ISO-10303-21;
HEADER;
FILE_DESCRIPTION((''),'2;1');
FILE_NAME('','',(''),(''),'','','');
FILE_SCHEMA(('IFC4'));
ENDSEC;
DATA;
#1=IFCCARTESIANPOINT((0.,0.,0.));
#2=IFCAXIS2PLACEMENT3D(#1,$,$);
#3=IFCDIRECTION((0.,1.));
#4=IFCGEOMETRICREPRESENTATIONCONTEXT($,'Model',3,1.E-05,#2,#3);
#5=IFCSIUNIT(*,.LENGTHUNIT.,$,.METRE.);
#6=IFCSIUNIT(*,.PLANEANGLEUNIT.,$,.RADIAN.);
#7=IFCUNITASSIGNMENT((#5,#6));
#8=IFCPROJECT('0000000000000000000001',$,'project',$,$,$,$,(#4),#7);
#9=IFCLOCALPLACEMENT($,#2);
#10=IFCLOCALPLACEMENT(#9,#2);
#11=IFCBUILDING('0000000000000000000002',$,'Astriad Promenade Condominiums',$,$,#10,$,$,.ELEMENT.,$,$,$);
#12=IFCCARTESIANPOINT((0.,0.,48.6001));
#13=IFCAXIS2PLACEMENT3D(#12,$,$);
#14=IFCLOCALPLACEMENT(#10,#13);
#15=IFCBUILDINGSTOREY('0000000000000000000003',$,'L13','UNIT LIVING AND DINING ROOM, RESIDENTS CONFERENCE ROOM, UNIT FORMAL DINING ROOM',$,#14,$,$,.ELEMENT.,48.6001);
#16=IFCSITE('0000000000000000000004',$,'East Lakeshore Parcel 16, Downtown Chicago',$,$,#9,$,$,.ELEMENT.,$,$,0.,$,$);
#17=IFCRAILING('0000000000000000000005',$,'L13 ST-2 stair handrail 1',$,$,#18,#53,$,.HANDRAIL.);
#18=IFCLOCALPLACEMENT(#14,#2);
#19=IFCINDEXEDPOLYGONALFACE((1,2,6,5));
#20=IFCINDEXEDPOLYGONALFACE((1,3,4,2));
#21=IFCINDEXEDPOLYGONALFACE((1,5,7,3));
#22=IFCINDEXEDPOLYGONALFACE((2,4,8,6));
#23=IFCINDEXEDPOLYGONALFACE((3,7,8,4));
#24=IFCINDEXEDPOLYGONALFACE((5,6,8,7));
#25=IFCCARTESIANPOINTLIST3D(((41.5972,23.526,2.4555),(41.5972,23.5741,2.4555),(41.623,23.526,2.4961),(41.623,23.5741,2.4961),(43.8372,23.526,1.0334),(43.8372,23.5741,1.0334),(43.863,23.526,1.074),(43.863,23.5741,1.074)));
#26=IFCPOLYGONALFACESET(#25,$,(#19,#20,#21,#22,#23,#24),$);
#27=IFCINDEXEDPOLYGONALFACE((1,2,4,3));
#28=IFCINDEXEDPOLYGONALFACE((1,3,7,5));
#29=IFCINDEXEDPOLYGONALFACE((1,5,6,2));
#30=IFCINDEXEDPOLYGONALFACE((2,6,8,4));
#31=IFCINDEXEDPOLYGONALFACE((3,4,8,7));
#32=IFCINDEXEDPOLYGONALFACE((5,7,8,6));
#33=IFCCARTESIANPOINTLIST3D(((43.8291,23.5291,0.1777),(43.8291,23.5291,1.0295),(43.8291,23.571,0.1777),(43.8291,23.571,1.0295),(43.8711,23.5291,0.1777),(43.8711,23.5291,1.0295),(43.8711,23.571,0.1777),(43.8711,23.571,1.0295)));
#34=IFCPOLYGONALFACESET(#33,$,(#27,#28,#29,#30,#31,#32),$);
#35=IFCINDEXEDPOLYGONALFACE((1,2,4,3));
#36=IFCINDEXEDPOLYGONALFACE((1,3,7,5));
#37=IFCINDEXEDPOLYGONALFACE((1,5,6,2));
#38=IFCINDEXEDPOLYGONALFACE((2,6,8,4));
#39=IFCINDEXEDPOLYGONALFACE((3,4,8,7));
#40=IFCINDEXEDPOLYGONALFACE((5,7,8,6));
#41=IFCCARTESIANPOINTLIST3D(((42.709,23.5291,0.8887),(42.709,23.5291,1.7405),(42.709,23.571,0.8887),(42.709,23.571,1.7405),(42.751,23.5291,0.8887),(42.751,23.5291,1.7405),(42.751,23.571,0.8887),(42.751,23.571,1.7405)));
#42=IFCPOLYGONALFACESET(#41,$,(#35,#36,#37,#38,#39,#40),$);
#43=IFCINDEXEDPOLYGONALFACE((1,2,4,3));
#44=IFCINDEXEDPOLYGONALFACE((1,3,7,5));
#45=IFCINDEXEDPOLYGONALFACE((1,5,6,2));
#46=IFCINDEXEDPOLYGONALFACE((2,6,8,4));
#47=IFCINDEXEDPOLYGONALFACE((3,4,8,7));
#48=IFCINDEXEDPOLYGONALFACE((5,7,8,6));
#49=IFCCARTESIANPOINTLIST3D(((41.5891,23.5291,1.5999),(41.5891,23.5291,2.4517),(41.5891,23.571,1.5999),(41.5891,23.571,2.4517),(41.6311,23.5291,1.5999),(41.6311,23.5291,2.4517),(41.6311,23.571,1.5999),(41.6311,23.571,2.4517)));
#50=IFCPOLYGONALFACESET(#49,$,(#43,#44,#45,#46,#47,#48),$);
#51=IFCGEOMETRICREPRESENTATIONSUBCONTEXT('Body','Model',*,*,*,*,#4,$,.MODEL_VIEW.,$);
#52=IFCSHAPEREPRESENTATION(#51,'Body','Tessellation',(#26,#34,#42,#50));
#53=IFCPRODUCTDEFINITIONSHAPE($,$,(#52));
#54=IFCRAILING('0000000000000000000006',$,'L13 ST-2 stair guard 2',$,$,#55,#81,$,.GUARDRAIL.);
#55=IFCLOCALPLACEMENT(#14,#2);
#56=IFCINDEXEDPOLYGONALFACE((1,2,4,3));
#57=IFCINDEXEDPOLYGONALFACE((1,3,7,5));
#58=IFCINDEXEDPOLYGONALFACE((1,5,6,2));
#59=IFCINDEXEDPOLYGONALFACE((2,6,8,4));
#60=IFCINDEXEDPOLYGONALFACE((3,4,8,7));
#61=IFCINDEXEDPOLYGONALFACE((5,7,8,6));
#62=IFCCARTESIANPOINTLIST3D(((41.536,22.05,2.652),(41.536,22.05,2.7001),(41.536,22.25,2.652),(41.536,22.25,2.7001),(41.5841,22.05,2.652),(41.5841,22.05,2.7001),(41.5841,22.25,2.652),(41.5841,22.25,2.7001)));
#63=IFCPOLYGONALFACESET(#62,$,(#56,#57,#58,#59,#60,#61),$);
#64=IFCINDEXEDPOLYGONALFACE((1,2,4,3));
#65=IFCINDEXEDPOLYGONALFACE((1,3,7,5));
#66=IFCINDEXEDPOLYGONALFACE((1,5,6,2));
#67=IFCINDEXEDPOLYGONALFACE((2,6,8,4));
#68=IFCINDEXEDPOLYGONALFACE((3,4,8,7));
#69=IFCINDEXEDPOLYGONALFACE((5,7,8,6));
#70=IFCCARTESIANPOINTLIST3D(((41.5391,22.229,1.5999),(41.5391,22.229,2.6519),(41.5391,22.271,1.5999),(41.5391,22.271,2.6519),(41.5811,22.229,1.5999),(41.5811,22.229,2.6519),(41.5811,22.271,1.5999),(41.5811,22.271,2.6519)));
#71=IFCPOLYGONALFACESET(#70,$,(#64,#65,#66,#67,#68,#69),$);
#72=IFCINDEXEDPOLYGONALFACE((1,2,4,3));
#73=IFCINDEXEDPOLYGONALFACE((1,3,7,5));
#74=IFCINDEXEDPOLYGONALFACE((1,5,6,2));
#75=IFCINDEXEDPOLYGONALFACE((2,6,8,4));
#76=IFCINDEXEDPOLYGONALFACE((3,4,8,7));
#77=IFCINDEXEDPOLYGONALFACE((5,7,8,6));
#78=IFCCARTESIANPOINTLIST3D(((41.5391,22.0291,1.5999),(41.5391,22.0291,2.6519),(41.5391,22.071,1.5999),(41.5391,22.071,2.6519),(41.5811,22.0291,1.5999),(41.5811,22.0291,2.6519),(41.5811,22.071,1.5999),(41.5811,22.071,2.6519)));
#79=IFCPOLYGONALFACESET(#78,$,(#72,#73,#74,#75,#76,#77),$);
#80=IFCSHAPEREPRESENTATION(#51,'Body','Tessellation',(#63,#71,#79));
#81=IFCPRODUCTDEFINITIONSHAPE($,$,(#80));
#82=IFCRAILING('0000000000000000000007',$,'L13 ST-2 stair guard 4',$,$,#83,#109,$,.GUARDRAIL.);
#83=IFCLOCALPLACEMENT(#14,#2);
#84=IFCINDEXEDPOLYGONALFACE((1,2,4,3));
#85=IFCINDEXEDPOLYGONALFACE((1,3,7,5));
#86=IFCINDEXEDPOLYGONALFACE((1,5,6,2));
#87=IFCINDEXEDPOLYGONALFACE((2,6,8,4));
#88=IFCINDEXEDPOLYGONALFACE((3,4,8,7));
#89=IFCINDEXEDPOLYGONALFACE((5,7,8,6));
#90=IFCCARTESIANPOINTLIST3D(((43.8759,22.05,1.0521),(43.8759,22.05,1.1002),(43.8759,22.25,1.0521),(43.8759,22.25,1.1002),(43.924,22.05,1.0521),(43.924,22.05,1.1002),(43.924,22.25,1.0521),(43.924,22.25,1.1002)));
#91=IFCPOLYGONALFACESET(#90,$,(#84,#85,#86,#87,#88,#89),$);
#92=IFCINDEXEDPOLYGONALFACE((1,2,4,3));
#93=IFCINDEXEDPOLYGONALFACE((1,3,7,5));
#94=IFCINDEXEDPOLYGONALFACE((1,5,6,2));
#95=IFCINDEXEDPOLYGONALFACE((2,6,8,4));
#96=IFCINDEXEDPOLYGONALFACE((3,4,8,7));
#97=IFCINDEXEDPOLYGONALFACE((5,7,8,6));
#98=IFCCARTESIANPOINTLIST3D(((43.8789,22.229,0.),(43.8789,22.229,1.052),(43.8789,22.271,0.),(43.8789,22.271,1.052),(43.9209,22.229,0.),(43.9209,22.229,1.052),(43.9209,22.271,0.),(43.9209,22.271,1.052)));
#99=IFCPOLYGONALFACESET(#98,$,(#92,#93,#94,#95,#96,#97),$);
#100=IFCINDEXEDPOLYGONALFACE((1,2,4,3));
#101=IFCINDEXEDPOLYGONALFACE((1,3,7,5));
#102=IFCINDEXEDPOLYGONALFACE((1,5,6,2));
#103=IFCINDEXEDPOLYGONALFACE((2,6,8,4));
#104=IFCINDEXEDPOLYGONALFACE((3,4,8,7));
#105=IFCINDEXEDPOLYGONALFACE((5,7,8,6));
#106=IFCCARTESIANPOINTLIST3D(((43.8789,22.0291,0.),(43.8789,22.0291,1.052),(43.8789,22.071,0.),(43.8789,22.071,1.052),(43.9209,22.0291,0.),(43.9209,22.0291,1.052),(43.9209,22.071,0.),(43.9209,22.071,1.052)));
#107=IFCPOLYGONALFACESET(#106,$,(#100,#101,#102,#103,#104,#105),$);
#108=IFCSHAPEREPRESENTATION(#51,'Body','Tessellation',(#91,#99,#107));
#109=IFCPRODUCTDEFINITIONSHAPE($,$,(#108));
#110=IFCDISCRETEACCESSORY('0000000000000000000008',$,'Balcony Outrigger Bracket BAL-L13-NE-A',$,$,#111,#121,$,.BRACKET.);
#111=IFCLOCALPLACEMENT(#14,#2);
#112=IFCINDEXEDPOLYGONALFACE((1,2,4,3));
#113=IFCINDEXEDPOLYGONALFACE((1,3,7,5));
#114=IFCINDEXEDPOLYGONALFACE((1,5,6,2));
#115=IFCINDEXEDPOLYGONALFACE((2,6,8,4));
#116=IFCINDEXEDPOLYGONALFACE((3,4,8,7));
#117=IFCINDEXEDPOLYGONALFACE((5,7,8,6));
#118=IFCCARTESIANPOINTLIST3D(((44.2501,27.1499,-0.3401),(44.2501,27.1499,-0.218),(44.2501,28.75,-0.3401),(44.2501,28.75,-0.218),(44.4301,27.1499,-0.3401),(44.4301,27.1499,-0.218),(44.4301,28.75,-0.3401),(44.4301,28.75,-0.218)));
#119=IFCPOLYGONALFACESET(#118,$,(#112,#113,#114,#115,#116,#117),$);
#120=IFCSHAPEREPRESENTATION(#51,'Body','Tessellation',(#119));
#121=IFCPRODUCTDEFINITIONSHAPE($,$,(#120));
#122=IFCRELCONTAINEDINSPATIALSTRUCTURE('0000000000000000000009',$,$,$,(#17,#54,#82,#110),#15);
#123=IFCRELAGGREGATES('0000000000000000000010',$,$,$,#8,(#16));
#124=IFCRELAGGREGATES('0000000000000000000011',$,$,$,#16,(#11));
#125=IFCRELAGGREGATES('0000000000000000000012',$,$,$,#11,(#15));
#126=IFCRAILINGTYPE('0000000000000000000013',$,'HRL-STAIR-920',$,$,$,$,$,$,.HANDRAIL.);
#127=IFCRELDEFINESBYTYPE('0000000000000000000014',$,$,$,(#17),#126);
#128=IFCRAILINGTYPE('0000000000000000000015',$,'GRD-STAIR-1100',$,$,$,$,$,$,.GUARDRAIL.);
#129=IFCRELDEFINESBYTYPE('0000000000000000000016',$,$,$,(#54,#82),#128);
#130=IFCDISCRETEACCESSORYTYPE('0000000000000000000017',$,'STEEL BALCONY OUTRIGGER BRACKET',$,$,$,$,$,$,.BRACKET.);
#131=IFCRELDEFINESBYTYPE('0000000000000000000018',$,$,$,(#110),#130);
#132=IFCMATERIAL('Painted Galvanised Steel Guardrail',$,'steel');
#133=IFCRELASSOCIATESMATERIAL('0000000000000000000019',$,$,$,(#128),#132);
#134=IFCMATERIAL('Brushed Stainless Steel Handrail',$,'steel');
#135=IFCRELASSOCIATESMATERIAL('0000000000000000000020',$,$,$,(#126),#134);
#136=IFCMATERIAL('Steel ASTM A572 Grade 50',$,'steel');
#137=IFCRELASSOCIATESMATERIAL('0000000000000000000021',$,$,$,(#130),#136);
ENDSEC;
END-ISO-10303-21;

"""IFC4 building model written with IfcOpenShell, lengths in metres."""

from ifc_helpers import new_model, si_unit, direction, frame, origin, origin_2d, place, context, subcontext, project, spatial, rectangle, extrude, source, transform, mapped, material, type_object, type_shapes, element, save


model = new_model("IFC4")

# Units and contexts
model_context = context("Model", 3, precision=1e-05, world=origin(), true_north=direction((0.0, 1.0)))
body_context = subcontext(model_context, "Body", "Model", "MODEL_VIEW")
ifc_project = project(units=[si_unit("LENGTHUNIT", "METRE"), si_unit("PLANEANGLEUNIT", "RADIAN")], contexts=[model_context])

# Site, building, storey
site_placement = place(None, origin())
site = spatial("IfcSite", under=ifc_project, at=site_placement, Name="East Lakeshore Parcel 16, Downtown Chicago", CompositionType="ELEMENT", RefElevation=0.0)
building_placement = place(site_placement, origin())
building = spatial("IfcBuilding", under=site, at=building_placement, Name="Astriad Promenade Condominiums", CompositionType="ELEMENT")
storey_placement = place(building_placement, frame((0.0, 0.0, 48.6001)))
storey = spatial("IfcBuildingStorey", under=building, at=storey_placement, Name="L13", Description="UNIT LIVING AND DINING ROOM, RESIDENTS CONFERENCE ROOM, UNIT FORMAL DINING ROOM", CompositionType="ELEMENT", Elevation=48.6001)

# Railings
ifc_material_1 = material(Name="Painted Galvanised Steel Guardrail", Category="steel")
railing_type_1 = type_object("IfcRailingType", Name="GRD-STAIR-1100", PredefinedType="GUARDRAIL", material=ifc_material_1)
ifc_material_2 = material(Name="Brushed Stainless Steel Handrail", Category="steel")
railing_type_2 = type_object("IfcRailingType", Name="HRL-STAIR-920", PredefinedType="HANDRAIL", material=ifc_material_2)
shared_shape_1 = source(origin(), body_context, "Body", "SweptSolid", [
    extrude(rectangle(XDim=0.0481, YDim=0.0481, at=origin_2d()), frame((0.0, 0.0, 0.876), z_axis=(-0.844229, 0.0, 0.535982), x_axis=(0.0, -1.0, 0.0)), (0.0, 0.0, 1.0), 2.6533),
    extrude(rectangle(XDim=0.042, YDim=0.042, at=origin_2d()), origin(), (0.0, 0.0, 1.0), 0.8518),
    extrude(rectangle(XDim=0.042, YDim=0.042, at=origin_2d()), frame((-1.1201, 0.0, 0.7109)), (0.0, 0.0, 1.0), 0.8518),
    extrude(rectangle(XDim=0.042, YDim=0.042, at=origin_2d()), frame((-2.24, 0.0, 1.4221)), (0.0, 0.0, 1.0), 0.8518),
])
railing_1_placement = place(storey_placement, frame((43.8501, 23.55, 0.1777)))
element("IfcRailing", 1, at=railing_1_placement, inside=storey, type_object=railing_type_2, Name="L13 ST-2 stair handrail 1", PredefinedType="HANDRAIL", context=body_context, shape_type="MappedRepresentation", body=[
    mapped(shared_shape_1, transform((0.0, 0.0, 0.0), scale=1.0)),
])
shared_shape_2 = source(origin(), body_context, "Body", "SweptSolid", [
    extrude(rectangle(XDim=0.0481, YDim=0.0481, at=origin_2d()), frame((0.0, 0.0, 1.0762), z_axis=(0.0, -1.0, 0.0), x_axis=(1.0, 0.0, 0.0)), (0.0, 0.0, 1.0), 0.2),
    extrude(rectangle(XDim=0.042, YDim=0.042, at=origin_2d()), origin(), (0.0, 0.0, 1.0), 1.052),
    extrude(rectangle(XDim=0.042, YDim=0.042, at=origin_2d()), frame((0.0, -0.2, 0.0)), (0.0, 0.0, 1.0), 1.052),
])
for number, where, name in (
    (2, (41.5601, 22.25, 1.5999), "L13 ST-2 stair guard 2"),
    (3, (43.8999, 22.25, 0.0), "L13 ST-2 stair guard 4"),
):
    element("IfcRailing", number, at=place(storey_placement, frame(where)), inside=storey, type_object=railing_type_1, Name=name, PredefinedType="GUARDRAIL", context=body_context, shape_type="MappedRepresentation", body=[
        mapped(shared_shape_2, transform((0.0, 0.0, 0.0), scale=1.0)),
    ])

# Discrete accessory
ifc_material_3 = material(Name="Steel ASTM A572 Grade 50", Category="steel")
discrete_accessory_type = type_object("IfcDiscreteAccessoryType", Name="STEEL BALCONY OUTRIGGER BRACKET", PredefinedType="BRACKET", material=ifc_material_3)
shared_shape_3 = source(origin(), body_context, "Body", "SweptSolid", [
    extrude(rectangle(XDim=1.6001, YDim=0.1799, at=origin_2d()), origin(), (0.0, 0.0, 1.0), 0.1221),
])
type_shapes(discrete_accessory_type, [shared_shape_3])
discrete_accessory_placement = place(storey_placement, frame((44.3401, 27.95, -0.3401), z_axis=(0.0, 0.0, 1.0), x_axis=(0.0, 1.0, 0.0)))
element("IfcDiscreteAccessory", 4, at=discrete_accessory_placement, inside=storey, type_object=discrete_accessory_type, Name="Balcony Outrigger Bracket BAL-L13-NE-A", PredefinedType="BRACKET", context=body_context, shape_type="MappedRepresentation", body=[
    mapped(shared_shape_3, transform((0.0, 0.0, 0.0), scale=1.0)),
])

save(model, "model.ifc")
